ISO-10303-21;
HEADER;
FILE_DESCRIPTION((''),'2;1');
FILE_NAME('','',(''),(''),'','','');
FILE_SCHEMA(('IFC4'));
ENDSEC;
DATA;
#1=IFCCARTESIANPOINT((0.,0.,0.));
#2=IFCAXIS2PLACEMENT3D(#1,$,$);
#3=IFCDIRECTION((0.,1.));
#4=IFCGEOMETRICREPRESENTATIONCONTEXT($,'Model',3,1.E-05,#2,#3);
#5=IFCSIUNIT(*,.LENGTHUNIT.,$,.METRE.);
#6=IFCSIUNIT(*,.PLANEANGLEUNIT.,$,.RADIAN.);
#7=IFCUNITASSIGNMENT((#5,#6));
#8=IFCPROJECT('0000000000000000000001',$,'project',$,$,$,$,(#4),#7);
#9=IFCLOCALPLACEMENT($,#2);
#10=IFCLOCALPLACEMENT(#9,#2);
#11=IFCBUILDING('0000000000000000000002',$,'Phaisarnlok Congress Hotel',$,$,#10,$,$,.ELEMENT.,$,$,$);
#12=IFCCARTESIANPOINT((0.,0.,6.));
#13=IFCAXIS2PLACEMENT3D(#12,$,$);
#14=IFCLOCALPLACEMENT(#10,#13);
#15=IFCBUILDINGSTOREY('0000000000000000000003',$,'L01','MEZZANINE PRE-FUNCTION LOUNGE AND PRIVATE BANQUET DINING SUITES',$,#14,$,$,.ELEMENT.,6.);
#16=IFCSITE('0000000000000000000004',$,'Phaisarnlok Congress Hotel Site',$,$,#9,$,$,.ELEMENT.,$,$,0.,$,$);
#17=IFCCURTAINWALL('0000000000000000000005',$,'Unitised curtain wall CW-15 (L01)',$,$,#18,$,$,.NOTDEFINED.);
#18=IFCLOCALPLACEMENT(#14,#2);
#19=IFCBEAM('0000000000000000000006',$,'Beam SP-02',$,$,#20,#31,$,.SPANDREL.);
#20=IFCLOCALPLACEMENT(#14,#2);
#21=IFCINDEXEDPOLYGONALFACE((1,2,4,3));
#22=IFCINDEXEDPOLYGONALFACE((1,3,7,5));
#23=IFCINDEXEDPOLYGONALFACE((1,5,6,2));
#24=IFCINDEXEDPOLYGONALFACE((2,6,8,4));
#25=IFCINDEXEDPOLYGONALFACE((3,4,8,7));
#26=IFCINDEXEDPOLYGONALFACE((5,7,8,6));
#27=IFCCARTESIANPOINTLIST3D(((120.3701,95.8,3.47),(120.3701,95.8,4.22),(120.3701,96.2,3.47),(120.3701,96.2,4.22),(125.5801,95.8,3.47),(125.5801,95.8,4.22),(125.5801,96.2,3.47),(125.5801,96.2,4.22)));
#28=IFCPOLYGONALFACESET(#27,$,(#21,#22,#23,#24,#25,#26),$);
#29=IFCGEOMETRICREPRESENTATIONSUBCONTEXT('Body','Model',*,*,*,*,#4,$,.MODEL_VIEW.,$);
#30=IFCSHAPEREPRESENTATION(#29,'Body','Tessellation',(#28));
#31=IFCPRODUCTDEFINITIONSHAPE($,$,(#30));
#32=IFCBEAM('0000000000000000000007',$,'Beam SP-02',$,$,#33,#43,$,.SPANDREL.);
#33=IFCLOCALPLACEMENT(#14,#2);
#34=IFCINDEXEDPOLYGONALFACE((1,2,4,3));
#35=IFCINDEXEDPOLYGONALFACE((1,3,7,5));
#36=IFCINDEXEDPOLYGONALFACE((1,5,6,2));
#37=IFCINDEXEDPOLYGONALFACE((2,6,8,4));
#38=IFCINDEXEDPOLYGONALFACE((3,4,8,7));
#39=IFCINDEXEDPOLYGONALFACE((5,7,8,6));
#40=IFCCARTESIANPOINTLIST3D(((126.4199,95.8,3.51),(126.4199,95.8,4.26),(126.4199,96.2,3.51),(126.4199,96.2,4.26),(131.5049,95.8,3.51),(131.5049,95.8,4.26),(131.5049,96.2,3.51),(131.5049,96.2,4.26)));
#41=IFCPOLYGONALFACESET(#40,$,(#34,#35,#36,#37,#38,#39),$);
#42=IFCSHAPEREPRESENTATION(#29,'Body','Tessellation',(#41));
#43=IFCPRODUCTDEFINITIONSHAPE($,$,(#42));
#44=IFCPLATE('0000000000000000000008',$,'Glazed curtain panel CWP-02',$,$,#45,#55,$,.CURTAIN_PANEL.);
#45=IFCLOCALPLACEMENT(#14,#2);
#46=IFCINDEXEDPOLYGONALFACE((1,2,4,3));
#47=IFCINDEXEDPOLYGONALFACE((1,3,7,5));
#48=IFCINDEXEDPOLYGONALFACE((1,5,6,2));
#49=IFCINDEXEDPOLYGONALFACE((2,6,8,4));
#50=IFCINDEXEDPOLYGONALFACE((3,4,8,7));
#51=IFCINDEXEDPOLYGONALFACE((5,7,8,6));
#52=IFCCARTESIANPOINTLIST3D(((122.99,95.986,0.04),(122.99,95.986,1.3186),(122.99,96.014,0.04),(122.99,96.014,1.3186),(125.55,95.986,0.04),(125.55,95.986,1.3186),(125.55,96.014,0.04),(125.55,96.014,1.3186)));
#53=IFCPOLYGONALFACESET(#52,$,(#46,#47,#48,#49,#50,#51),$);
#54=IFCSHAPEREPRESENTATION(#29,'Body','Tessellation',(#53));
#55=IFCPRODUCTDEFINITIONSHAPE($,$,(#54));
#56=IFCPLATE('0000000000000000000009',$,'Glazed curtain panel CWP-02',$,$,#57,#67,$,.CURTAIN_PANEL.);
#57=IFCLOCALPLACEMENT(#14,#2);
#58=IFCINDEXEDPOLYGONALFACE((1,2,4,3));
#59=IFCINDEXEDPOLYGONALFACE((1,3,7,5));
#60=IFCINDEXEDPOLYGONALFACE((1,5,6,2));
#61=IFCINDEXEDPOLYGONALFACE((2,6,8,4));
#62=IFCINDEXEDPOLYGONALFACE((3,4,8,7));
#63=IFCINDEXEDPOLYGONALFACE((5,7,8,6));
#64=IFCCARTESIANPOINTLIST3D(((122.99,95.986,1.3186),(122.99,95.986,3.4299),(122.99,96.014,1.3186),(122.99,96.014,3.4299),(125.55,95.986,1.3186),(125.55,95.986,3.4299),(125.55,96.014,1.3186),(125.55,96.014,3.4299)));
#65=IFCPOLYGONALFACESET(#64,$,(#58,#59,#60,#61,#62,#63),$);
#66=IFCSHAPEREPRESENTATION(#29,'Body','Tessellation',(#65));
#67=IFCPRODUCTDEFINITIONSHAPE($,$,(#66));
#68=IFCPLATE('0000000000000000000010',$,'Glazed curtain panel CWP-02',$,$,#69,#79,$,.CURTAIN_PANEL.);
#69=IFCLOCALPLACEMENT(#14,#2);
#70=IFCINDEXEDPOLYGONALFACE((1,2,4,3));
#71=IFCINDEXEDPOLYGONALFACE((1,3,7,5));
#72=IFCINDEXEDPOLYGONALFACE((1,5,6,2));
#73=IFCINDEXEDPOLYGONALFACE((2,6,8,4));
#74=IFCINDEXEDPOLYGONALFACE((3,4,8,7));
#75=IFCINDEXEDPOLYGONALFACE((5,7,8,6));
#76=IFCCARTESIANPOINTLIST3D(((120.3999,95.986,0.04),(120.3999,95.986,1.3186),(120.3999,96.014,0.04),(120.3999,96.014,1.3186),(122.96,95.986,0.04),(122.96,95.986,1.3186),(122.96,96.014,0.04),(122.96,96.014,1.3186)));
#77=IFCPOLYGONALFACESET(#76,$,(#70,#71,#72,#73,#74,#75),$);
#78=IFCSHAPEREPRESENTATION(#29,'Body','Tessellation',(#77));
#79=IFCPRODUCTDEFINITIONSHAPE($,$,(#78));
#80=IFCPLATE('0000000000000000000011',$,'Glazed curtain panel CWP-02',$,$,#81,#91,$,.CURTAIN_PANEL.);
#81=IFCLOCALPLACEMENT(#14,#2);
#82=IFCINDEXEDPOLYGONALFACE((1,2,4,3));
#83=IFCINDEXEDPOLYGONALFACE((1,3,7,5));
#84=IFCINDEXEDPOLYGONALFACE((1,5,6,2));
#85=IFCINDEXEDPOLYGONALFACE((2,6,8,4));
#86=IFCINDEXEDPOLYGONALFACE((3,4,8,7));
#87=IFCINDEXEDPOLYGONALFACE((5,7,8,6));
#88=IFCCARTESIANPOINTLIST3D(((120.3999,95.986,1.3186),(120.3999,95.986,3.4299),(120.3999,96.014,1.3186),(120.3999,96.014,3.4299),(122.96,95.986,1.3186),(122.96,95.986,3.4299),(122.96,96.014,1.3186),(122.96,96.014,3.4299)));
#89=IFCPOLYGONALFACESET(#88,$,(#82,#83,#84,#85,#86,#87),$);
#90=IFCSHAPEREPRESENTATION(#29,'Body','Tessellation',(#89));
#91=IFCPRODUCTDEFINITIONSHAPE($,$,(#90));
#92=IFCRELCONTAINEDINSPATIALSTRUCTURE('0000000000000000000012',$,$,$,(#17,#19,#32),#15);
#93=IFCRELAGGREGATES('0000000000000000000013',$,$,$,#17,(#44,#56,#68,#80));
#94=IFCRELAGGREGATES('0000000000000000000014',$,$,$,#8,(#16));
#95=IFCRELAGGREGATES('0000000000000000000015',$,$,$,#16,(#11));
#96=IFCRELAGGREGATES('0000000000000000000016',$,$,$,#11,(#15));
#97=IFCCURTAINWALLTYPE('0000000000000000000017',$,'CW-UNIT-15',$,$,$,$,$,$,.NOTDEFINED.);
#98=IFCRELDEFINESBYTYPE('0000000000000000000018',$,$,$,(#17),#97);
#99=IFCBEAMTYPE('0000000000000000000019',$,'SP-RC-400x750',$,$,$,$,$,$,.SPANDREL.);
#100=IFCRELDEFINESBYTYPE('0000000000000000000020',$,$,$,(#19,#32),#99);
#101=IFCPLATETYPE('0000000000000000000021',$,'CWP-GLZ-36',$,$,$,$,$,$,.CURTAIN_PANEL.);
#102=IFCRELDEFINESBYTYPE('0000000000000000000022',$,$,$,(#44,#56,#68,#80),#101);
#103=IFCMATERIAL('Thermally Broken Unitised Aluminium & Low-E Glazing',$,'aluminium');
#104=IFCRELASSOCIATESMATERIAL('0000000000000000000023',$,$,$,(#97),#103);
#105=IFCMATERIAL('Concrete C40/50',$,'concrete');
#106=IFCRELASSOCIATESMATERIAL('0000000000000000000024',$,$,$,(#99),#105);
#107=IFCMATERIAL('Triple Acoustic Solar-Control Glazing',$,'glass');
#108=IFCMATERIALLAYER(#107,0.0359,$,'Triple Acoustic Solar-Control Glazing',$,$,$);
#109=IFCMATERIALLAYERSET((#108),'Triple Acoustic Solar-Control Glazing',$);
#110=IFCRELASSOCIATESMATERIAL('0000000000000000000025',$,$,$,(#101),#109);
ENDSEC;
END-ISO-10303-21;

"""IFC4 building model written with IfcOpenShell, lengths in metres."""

from ifc_helpers import new_model, si_unit, direction, frame, frame_2d, origin, origin_2d, place, context, subcontext, project, spatial, rectangle, extrude, material, layer, layer_set, material_profile, profile_set, type_object, element, aggregate, save


model = new_model("IFC4")

# Units and contexts
model_context = context("Model", 3, precision=1e-05, world=origin(), true_north=direction((0.0, 1.0)))
body_context = subcontext(model_context, "Body", "Model", "MODEL_VIEW")
ifc_project = project(units=[si_unit("LENGTHUNIT", "METRE"), si_unit("PLANEANGLEUNIT", "RADIAN")], contexts=[model_context])

# Site, building, storey
site_placement = place(None, origin())
site = spatial("IfcSite", under=ifc_project, at=site_placement, Name="Phaisarnlok Congress Hotel Site", CompositionType="ELEMENT", RefElevation=0.0)
building_placement = place(site_placement, origin())
building = spatial("IfcBuilding", under=site, at=building_placement, Name="Phaisarnlok Congress Hotel", CompositionType="ELEMENT")
storey_placement = place(building_placement, frame((0.0, 0.0, 6.0)))
storey = spatial("IfcBuildingStorey", under=building, at=storey_placement, Name="L01", Description="MEZZANINE PRE-FUNCTION LOUNGE AND PRIVATE BANQUET DINING SUITES", CompositionType="ELEMENT", Elevation=6.0)

# Shared definitions
ifc_material_1 = material(Name="Concrete C40/50", Category="concrete")

# Shared definitions
ifc_material_2 = material(Name="Thermally Broken Unitised Aluminium & Low-E Glazing", Category="aluminium")

# Curtain wall
curtain_wall_type_1 = type_object("IfcCurtainWallType", Name="CW-UNIT-15", PredefinedType="NOTDEFINED", material=ifc_material_2)
curtain_wall_1_placement = place(storey_placement, origin())
curtain_wall_1 = element("IfcCurtainWall", 1, at=curtain_wall_1_placement, inside=storey, type_object=curtain_wall_type_1, Name="Unitised curtain wall CW-15 (L01)", PredefinedType="NOTDEFINED")

# Beams
ifc_material_profile_1 = material_profile(ifc_material_1, rectangle(XDim=0.3999, YDim=0.75, at=origin_2d()), Name="RC 400x750")
ifc_profile_set_1 = profile_set([ifc_material_profile_1], Name="Concrete C40/50")
beam_type_1 = type_object("IfcBeamType", Name="SP-RC-400x750", PredefinedType="SPANDREL", material=ifc_profile_set_1)
beam_1_placement = place(storey_placement, frame((120.3701, 96.0, 3.845), z_axis=(1.0, 0.0, 0.0), x_axis=(0.0, 1.0, 0.0)))
element("IfcBeam", 2, at=beam_1_placement, inside=storey, type_object=beam_type_1, Name="Beam SP-02", PredefinedType="SPANDREL", context=body_context, shape_type="SweptSolid", body=[
    extrude(rectangle(XDim=0.3999, YDim=0.75, at=origin_2d()), origin(), (0.0, 0.0, 1.0), 5.21),
])
beam_2_placement = place(storey_placement, frame((126.4199, 96.0, 3.885), z_axis=(1.0, 0.0, 0.0), x_axis=(0.0, 1.0, 0.0)))
element("IfcBeam", 3, at=beam_2_placement, inside=storey, type_object=beam_type_1, Name="Beam SP-02", PredefinedType="SPANDREL", context=body_context, shape_type="SweptSolid", body=[
    extrude(rectangle(XDim=0.3999, YDim=0.75, at=origin_2d()), origin(), (0.0, 0.0, 1.0), 5.085),
])

# Plates
ifc_material_3 = material(Name="Triple Acoustic Solar-Control Glazing", Category="glass")
ifc_layer = layer(ifc_material_3, 0.0359, Name="Triple Acoustic Solar-Control Glazing")
ifc_layer_set = layer_set([ifc_layer], Name="Triple Acoustic Solar-Control Glazing")
plate_type = type_object("IfcPlateType", Name="CWP-GLZ-36", PredefinedType="CURTAIN_PANEL", material=ifc_layer_set)
plate_1_placement = place(storey_placement, frame((125.55, 96.0, 0.04), z_axis=(0.0, 0.0, 1.0), x_axis=(-1.0, 0.0, 0.0)))
plate_1 = element("IfcPlate", 4, at=plate_1_placement, type_object=plate_type, Name="Glazed curtain panel CWP-02", PredefinedType="CURTAIN_PANEL", context=body_context, shape_type="SweptSolid", body=[
    extrude(rectangle(XDim=2.5601, YDim=0.0281, at=frame_2d((1.28, 0.0))), origin(), (0.0, 0.0, 1.0), 1.2786),
])
plate_2_placement = place(storey_placement, frame((125.55, 96.0, 1.3186), z_axis=(0.0, 0.0, 1.0), x_axis=(-1.0, 0.0, 0.0)))
plate_2 = element("IfcPlate", 5, at=plate_2_placement, type_object=plate_type, Name="Glazed curtain panel CWP-02", PredefinedType="CURTAIN_PANEL", context=body_context, shape_type="SweptSolid", body=[
    extrude(rectangle(XDim=2.5601, YDim=0.0281, at=frame_2d((1.28, 0.0))), origin(), (0.0, 0.0, 1.0), 2.1113),
])
plate_3_placement = place(storey_placement, frame((122.96, 96.0, 0.04), z_axis=(0.0, 0.0, 1.0), x_axis=(-1.0, 0.0, 0.0)))
plate_3 = element("IfcPlate", 6, at=plate_3_placement, type_object=plate_type, Name="Glazed curtain panel CWP-02", PredefinedType="CURTAIN_PANEL", context=body_context, shape_type="SweptSolid", body=[
    extrude(rectangle(XDim=2.5601, YDim=0.0281, at=frame_2d((1.28, 0.0))), origin(), (0.0, 0.0, 1.0), 1.2786),
])
plate_4_placement = place(storey_placement, frame((122.96, 96.0, 1.3186), z_axis=(0.0, 0.0, 1.0), x_axis=(-1.0, 0.0, 0.0)))
plate_4 = element("IfcPlate", 7, at=plate_4_placement, type_object=plate_type, Name="Glazed curtain panel CWP-02", PredefinedType="CURTAIN_PANEL", context=body_context, shape_type="SweptSolid", body=[
    extrude(rectangle(XDim=2.5601, YDim=0.0281, at=frame_2d((1.28, 0.0))), origin(), (0.0, 0.0, 1.0), 2.1113),
])
aggregate(curtain_wall_1, [plate_1, plate_2, plate_3, plate_4])

save(model, "model.ifc")
